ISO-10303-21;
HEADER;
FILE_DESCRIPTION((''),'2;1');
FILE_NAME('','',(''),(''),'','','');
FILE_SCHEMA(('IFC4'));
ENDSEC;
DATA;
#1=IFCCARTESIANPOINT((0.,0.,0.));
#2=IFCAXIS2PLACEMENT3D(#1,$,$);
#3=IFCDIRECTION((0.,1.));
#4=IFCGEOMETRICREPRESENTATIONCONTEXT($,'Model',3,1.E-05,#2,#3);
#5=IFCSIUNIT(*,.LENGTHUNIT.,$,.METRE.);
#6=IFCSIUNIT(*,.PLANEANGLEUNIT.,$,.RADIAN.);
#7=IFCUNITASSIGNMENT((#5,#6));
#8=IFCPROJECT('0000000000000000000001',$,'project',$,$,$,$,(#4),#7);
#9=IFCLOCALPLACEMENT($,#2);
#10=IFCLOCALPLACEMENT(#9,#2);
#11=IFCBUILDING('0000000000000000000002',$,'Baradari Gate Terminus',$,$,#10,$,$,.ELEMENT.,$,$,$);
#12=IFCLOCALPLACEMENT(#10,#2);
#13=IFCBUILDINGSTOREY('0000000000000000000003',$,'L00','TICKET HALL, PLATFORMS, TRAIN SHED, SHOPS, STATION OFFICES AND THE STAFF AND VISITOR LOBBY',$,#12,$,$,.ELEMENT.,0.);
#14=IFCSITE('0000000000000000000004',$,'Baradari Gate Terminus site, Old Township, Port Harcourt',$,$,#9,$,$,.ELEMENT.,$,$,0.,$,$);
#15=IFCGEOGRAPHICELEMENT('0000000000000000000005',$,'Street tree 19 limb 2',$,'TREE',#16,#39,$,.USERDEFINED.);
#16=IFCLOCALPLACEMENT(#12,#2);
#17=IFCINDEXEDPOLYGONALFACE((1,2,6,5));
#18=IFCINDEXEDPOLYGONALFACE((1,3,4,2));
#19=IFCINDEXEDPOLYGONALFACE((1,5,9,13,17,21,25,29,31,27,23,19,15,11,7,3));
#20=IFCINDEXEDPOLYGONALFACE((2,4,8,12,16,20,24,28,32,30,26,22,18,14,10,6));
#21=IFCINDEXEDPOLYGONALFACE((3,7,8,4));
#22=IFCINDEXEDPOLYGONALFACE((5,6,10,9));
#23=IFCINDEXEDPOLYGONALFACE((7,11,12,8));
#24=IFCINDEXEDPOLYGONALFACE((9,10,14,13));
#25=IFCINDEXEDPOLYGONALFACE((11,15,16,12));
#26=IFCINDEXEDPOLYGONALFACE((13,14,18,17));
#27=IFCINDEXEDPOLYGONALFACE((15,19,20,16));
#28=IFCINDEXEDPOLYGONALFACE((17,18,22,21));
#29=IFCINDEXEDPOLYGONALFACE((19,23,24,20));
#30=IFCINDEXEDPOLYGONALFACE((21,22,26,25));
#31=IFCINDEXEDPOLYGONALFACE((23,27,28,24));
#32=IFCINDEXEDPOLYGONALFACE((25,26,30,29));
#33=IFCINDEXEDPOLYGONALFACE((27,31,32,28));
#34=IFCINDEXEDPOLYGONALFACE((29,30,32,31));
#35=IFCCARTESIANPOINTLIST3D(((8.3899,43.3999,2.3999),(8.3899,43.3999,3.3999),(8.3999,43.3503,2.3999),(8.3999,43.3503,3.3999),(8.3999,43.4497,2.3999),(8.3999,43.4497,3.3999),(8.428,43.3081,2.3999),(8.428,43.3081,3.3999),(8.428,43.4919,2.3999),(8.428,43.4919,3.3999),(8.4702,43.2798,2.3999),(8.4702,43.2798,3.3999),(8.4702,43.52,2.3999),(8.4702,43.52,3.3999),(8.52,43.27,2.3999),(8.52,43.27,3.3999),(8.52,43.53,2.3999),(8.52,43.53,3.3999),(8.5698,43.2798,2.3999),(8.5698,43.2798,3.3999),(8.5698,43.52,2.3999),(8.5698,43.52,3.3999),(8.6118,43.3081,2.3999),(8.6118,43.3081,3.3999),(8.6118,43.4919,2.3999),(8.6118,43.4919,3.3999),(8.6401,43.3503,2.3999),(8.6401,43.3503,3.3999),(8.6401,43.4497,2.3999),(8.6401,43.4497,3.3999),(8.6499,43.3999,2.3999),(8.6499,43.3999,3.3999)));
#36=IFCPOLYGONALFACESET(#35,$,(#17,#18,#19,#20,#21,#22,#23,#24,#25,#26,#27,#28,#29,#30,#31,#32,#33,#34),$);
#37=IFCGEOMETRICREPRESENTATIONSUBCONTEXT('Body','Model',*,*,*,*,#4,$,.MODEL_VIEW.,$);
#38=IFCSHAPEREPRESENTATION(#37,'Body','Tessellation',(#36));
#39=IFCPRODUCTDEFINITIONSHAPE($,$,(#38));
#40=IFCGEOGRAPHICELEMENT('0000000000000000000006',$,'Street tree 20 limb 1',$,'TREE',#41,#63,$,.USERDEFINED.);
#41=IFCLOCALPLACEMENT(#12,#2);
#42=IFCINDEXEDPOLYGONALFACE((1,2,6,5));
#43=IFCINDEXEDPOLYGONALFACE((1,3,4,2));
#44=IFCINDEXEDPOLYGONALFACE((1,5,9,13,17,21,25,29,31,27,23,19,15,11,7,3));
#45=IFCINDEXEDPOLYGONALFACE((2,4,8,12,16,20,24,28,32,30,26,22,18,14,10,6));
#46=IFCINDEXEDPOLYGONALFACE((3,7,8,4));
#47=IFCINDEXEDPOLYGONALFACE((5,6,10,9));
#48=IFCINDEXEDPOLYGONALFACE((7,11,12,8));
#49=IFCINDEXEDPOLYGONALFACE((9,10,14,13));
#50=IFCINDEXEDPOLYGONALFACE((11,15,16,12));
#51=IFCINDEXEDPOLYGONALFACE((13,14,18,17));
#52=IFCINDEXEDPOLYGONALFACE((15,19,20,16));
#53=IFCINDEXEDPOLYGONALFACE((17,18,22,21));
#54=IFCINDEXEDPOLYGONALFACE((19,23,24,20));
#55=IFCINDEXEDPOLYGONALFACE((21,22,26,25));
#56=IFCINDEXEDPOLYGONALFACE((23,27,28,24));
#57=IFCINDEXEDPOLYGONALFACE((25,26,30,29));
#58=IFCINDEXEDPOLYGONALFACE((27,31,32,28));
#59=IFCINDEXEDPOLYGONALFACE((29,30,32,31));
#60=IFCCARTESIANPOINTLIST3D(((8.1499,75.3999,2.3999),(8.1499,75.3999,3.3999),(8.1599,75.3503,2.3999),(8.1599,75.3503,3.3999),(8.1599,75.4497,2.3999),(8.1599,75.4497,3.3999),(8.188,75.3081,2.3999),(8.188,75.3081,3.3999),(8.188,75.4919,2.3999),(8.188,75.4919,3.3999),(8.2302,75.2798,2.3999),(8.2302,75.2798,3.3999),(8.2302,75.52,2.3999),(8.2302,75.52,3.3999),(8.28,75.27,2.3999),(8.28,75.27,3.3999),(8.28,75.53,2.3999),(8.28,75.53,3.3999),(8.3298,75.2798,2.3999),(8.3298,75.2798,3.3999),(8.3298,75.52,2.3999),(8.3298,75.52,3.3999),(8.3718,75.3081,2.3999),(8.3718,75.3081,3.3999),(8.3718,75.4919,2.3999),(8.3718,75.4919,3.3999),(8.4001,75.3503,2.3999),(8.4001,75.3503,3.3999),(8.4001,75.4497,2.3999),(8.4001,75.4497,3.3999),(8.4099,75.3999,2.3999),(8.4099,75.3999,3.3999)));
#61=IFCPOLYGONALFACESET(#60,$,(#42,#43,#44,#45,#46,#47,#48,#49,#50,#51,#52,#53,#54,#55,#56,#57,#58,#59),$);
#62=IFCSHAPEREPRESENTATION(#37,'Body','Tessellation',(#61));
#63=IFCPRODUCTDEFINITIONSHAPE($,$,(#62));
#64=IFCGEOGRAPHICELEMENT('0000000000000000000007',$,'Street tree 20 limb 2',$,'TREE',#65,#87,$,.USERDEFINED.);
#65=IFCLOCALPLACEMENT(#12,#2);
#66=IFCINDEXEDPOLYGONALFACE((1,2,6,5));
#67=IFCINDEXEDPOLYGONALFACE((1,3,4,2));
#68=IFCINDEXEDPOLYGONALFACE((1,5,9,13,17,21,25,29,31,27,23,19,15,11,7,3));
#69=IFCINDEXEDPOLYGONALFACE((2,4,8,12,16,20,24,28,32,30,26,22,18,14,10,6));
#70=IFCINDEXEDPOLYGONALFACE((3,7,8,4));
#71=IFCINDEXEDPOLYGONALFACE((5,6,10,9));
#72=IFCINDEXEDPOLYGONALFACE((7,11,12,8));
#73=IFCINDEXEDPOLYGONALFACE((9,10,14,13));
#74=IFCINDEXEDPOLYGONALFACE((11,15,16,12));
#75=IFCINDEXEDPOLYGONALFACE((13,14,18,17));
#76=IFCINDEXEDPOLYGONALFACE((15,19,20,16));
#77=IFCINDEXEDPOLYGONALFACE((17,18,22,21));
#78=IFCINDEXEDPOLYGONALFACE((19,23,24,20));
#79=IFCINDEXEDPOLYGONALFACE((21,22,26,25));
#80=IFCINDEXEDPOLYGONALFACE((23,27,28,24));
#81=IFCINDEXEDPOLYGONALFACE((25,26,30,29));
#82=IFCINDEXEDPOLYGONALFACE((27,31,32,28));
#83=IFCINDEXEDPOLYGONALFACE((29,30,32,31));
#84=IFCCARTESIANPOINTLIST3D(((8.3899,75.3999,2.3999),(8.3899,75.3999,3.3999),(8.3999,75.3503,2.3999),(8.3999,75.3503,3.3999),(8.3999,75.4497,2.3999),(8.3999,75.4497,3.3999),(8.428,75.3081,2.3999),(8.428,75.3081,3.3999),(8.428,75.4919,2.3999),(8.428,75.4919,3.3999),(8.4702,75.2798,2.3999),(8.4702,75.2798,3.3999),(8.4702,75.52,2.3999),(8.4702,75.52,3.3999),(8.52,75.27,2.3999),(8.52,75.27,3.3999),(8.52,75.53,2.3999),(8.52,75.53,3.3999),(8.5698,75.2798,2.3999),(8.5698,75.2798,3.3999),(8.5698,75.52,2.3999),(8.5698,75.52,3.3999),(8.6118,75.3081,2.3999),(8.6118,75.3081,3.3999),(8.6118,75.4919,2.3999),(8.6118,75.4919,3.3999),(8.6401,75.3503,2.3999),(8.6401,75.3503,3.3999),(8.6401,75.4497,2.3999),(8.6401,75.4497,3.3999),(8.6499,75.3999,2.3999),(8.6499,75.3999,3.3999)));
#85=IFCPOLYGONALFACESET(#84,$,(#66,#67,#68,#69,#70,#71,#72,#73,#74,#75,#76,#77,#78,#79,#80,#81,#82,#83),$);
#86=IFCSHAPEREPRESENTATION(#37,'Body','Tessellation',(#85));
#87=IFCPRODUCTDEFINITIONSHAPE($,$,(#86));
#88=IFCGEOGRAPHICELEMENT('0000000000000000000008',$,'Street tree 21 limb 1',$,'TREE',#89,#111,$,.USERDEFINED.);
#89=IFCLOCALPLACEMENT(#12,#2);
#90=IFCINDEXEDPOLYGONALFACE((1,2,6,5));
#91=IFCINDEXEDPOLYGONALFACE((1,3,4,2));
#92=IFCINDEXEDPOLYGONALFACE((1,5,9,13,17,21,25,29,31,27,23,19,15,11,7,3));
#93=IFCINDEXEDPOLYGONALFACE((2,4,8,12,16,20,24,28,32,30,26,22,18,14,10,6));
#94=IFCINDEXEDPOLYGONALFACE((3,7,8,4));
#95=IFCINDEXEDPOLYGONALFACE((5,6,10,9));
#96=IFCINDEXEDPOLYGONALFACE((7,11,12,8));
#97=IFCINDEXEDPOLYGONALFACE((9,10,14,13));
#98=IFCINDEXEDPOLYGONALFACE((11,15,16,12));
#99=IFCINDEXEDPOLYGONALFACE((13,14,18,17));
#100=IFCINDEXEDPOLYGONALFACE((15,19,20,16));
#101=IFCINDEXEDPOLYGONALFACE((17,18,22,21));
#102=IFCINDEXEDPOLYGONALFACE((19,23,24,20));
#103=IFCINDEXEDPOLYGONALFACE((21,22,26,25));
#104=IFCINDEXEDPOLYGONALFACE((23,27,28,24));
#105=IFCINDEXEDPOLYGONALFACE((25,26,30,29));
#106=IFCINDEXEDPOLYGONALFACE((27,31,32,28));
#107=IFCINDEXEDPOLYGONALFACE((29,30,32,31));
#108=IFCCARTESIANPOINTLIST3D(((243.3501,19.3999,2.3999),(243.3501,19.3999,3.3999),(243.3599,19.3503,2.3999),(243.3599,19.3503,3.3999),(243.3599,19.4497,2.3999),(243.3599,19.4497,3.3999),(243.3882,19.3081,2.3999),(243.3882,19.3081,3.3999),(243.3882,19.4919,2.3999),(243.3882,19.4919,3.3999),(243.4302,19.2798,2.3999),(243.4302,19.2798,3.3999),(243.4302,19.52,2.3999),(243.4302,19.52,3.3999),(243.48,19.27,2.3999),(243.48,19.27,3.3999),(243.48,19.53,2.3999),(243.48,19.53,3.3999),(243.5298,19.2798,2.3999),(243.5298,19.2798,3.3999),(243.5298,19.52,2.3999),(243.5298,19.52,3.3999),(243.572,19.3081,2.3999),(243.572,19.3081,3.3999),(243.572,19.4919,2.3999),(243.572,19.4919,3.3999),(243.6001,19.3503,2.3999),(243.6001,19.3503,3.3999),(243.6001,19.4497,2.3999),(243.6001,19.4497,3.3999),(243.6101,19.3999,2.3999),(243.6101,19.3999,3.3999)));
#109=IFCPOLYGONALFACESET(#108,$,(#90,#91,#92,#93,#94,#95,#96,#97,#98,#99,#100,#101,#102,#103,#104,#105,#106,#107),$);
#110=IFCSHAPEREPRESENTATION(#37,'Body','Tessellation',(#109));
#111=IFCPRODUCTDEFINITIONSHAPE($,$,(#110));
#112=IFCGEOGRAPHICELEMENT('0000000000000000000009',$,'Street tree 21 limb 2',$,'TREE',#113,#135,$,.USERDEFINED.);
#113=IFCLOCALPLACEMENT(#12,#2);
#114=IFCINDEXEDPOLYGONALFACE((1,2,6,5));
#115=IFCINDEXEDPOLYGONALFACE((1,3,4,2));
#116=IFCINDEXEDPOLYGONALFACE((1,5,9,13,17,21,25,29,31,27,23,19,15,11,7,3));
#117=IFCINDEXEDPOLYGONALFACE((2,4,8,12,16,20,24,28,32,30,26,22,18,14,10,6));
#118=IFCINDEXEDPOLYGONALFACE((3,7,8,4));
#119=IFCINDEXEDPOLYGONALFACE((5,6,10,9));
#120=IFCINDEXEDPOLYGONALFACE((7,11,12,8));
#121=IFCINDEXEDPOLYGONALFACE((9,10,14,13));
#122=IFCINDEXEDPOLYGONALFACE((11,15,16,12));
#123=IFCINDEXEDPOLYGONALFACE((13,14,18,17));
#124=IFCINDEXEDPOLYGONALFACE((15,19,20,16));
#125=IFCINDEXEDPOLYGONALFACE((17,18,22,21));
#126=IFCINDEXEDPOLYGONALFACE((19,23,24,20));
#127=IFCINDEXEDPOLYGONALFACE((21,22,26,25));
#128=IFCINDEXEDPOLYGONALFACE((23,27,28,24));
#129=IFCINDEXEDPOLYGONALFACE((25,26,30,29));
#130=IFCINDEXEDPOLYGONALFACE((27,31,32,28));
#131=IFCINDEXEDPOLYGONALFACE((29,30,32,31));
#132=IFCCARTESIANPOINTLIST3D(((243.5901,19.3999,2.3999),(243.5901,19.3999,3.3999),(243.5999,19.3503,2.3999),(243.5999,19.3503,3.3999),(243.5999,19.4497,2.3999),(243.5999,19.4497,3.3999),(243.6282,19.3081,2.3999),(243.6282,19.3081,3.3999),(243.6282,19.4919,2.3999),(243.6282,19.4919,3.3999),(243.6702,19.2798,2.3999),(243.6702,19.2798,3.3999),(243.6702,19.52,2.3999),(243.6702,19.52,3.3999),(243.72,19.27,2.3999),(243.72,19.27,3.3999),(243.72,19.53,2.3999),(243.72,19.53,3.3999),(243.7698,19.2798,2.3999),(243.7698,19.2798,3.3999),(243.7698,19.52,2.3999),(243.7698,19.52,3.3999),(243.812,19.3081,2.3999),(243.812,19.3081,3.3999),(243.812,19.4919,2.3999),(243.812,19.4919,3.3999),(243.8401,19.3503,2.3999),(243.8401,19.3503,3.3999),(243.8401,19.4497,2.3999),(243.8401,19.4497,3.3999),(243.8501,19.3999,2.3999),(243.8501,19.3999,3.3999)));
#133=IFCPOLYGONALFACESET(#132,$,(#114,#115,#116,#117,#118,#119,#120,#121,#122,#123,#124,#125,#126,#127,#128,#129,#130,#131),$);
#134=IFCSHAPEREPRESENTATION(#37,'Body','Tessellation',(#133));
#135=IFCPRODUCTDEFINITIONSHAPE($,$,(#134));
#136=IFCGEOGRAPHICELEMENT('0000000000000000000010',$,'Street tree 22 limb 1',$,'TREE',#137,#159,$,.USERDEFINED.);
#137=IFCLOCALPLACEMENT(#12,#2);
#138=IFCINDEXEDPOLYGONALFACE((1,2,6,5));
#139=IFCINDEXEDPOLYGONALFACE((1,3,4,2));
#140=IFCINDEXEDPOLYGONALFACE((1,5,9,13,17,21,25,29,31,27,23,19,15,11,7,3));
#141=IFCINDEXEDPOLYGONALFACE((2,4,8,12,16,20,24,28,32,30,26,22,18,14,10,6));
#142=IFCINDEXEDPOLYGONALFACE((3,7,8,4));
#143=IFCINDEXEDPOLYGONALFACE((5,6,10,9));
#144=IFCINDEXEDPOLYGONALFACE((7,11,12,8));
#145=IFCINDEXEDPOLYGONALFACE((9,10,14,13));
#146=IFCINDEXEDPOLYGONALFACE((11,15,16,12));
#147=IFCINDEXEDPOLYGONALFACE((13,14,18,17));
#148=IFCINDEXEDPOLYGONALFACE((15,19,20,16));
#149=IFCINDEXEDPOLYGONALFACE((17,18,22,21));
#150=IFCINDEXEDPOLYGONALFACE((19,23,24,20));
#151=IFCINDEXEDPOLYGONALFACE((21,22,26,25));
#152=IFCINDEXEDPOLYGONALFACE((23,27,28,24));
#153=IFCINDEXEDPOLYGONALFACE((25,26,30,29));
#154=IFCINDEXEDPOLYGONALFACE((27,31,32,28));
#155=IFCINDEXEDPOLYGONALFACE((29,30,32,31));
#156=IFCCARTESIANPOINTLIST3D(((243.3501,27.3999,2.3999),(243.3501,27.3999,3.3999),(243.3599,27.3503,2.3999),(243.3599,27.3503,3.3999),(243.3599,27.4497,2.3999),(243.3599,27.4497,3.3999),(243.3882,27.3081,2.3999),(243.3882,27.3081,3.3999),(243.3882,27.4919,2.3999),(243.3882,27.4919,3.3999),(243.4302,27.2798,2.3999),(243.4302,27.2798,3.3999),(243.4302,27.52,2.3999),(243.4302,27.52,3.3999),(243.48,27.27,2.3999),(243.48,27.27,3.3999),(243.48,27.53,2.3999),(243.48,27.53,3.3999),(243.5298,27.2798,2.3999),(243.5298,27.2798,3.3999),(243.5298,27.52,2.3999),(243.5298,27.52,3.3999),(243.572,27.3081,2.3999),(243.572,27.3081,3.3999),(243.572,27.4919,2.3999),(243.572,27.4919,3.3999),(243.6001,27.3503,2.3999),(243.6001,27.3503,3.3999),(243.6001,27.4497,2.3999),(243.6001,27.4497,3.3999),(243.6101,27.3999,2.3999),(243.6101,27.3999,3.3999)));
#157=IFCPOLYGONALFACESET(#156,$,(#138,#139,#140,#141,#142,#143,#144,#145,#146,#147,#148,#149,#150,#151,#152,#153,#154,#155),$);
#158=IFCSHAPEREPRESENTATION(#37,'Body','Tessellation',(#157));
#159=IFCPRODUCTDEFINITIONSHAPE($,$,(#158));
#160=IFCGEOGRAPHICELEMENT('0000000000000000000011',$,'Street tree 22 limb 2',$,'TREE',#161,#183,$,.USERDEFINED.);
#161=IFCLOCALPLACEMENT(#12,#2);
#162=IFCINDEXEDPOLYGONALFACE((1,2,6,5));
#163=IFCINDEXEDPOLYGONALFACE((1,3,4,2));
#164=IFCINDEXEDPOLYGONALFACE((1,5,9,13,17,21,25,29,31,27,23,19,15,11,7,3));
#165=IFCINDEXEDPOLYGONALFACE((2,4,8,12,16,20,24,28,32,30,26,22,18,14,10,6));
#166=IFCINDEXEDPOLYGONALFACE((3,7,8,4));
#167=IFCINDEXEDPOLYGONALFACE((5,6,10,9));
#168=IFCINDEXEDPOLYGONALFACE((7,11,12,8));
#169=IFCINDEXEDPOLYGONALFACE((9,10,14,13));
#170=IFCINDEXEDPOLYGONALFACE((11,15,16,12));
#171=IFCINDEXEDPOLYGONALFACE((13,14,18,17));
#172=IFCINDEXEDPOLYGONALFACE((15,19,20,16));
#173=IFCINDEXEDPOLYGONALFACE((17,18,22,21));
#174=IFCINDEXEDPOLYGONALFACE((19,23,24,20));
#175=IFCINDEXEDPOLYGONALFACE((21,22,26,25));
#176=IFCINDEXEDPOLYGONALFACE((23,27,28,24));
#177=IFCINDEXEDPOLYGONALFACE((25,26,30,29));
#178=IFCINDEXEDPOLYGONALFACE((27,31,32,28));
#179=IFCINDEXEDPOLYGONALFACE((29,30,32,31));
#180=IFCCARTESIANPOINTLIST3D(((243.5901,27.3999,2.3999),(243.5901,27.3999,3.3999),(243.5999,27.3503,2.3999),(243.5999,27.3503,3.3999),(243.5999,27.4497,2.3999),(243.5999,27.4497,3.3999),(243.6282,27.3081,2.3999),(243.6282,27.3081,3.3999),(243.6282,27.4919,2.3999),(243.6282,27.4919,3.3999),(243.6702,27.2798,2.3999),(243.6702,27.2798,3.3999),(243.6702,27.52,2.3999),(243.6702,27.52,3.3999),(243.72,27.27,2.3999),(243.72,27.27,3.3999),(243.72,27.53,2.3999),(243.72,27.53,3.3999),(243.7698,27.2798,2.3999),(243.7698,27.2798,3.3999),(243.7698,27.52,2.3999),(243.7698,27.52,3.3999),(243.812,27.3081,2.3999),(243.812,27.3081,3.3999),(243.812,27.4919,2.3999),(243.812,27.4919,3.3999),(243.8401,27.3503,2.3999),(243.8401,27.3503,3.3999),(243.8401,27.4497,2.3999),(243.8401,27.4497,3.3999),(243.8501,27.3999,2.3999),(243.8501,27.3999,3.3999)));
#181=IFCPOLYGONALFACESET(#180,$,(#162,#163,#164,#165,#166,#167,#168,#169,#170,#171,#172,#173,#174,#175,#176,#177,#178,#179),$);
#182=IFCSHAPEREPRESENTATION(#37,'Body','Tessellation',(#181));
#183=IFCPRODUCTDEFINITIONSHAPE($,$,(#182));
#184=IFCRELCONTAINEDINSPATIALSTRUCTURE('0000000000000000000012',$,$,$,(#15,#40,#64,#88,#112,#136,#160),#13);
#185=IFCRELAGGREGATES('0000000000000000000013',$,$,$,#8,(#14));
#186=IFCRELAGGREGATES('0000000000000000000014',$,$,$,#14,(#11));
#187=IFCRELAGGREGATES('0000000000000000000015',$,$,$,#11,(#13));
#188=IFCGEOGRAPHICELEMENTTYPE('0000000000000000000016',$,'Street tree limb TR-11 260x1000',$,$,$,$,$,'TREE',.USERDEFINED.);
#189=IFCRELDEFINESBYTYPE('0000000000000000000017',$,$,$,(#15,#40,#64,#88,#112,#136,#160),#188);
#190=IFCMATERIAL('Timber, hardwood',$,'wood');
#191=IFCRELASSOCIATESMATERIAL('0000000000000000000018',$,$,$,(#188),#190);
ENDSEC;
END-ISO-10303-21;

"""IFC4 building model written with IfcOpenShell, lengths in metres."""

from ifc_helpers import new_model, si_unit, direction, frame, origin, place, context, subcontext, project, spatial, polyline, outline, extrude, material, type_object, element, save


model = new_model("IFC4")

# Units and contexts
model_context = context("Model", 3, precision=1e-05, world=origin(), true_north=direction((0.0, 1.0)))
body_context = subcontext(model_context, "Body", "Model", "MODEL_VIEW")
ifc_project = project(units=[si_unit("LENGTHUNIT", "METRE"), si_unit("PLANEANGLEUNIT", "RADIAN")], contexts=[model_context])

# Site, building, storey
site_placement = place(None, origin())
site = spatial("IfcSite", under=ifc_project, at=site_placement, Name="Baradari Gate Terminus site, Old Township, Port Harcourt", CompositionType="ELEMENT", RefElevation=0.0)
building_placement = place(site_placement, origin())
building = spatial("IfcBuilding", under=site, at=building_placement, Name="Baradari Gate Terminus", CompositionType="ELEMENT")
storey_placement = place(building_placement, origin())
storey = spatial("IfcBuildingStorey", under=building, at=storey_placement, Name="L00", Description="TICKET HALL, PLATFORMS, TRAIN SHED, SHOPS, STATION OFFICES AND THE STAFF AND VISITOR LOBBY", CompositionType="ELEMENT", Elevation=0.0)

# Geographic elements
ifc_material_1 = material(Name="Timber, hardwood", Category="wood")
geographic_element_type_1 = type_object("IfcGeographicElementType", Name="Street tree limb TR-11 260x1000", ElementType="TREE", PredefinedType="USERDEFINED", material=ifc_material_1)
geographic_element_1_placement = place(storey_placement, frame((0.0, 0.0, 2.3999)))
element("IfcGeographicElement", 1, at=geographic_element_1_placement, inside=storey, type_object=geographic_element_type_1, Name="Street tree 19 limb 2", ObjectType="TREE", PredefinedType="USERDEFINED", context=body_context, shape_type="SweptSolid", body=[
    extrude(outline(polyline([(8.6499, 43.3999), (8.6401, 43.4497), (8.6118, 43.4919), (8.5698, 43.52), (8.52, 43.53), (8.4702, 43.52), (8.428, 43.4919), (8.3999, 43.4497), (8.3899, 43.3999), (8.3999, 43.3503), (8.428, 43.3081), (8.4702, 43.2798), (8.52, 43.27), (8.5698, 43.2798), (8.6118, 43.3081), (8.6401, 43.3503), (8.6499, 43.3999)])), origin(), (0.0, 0.0, 1.0), 1.0),
])
geographic_element_2_placement = place(storey_placement, frame((0.0, 0.0, 2.3999)))
element("IfcGeographicElement", 2, at=geographic_element_2_placement, inside=storey, type_object=geographic_element_type_1, Name="Street tree 20 limb 1", ObjectType="TREE", PredefinedType="USERDEFINED", context=body_context, shape_type="SweptSolid", body=[
    extrude(outline(polyline([(8.4099, 75.3999), (8.4001, 75.4497), (8.3718, 75.4919), (8.3298, 75.52), (8.28, 75.53), (8.2302, 75.52), (8.188, 75.4919), (8.1599, 75.4497), (8.1499, 75.3999), (8.1599, 75.3503), (8.188, 75.3081), (8.2302, 75.2798), (8.28, 75.27), (8.3298, 75.2798), (8.3718, 75.3081), (8.4001, 75.3503), (8.4099, 75.3999)])), origin(), (0.0, 0.0, 1.0), 1.0),
])
geographic_element_3_placement = place(storey_placement, frame((0.0, 0.0, 2.3999)))
element("IfcGeographicElement", 3, at=geographic_element_3_placement, inside=storey, type_object=geographic_element_type_1, Name="Street tree 20 limb 2", ObjectType="TREE", PredefinedType="USERDEFINED", context=body_context, shape_type="SweptSolid", body=[
    extrude(outline(polyline([(8.6499, 75.3999), (8.6401, 75.4497), (8.6118, 75.4919), (8.5698, 75.52), (8.52, 75.53), (8.4702, 75.52), (8.428, 75.4919), (8.3999, 75.4497), (8.3899, 75.3999), (8.3999, 75.3503), (8.428, 75.3081), (8.4702, 75.2798), (8.52, 75.27), (8.5698, 75.2798), (8.6118, 75.3081), (8.6401, 75.3503), (8.6499, 75.3999)])), origin(), (0.0, 0.0, 1.0), 1.0),
])
geographic_element_4_placement = place(storey_placement, frame((0.0, 0.0, 2.3999)))
element("IfcGeographicElement", 4, at=geographic_element_4_placement, inside=storey, type_object=geographic_element_type_1, Name="Street tree 21 limb 1", ObjectType="TREE", PredefinedType="USERDEFINED", context=body_context, shape_type="SweptSolid", body=[
    extrude(outline(polyline([(243.6101, 19.3999), (243.6001, 19.4497), (243.572, 19.4919), (243.5298, 19.52), (243.48, 19.53), (243.4302, 19.52), (243.3882, 19.4919), (243.3599, 19.4497), (243.3501, 19.3999), (243.3599, 19.3503), (243.3882, 19.3081), (243.4302, 19.2798), (243.48, 19.27), (243.5298, 19.2798), (243.572, 19.3081), (243.6001, 19.3503), (243.6101, 19.3999)])), origin(), (0.0, 0.0, 1.0), 1.0),
])
geographic_element_5_placement = place(storey_placement, frame((0.0, 0.0, 2.3999)))
element("IfcGeographicElement", 5, at=geographic_element_5_placement, inside=storey, type_object=geographic_element_type_1, Name="Street tree 21 limb 2", ObjectType="TREE", PredefinedType="USERDEFINED", context=body_context, shape_type="SweptSolid", body=[
    extrude(outline(polyline([(243.8501, 19.3999), (243.8401, 19.4497), (243.812, 19.4919), (243.7698, 19.52), (243.72, 19.53), (243.6702, 19.52), (243.6282, 19.4919), (243.5999, 19.4497), (243.5901, 19.3999), (243.5999, 19.3503), (243.6282, 19.3081), (243.6702, 19.2798), (243.72, 19.27), (243.7698, 19.2798), (243.812, 19.3081), (243.8401, 19.3503), (243.8501, 19.3999)])), origin(), (0.0, 0.0, 1.0), 1.0),
])
geographic_element_6_placement = place(storey_placement, frame((0.0, 0.0, 2.3999)))
element("IfcGeographicElement", 6, at=geographic_element_6_placement, inside=storey, type_object=geographic_element_type_1, Name="Street tree 22 limb 1", ObjectType="TREE", PredefinedType="USERDEFINED", context=body_context, shape_type="SweptSolid", body=[
    extrude(outline(polyline([(243.6101, 27.3999), (243.6001, 27.4497), (243.572, 27.4919), (243.5298, 27.52), (243.48, 27.53), (243.4302, 27.52), (243.3882, 27.4919), (243.3599, 27.4497), (243.3501, 27.3999), (243.3599, 27.3503), (243.3882, 27.3081), (243.4302, 27.2798), (243.48, 27.27), (243.5298, 27.2798), (243.572, 27.3081), (243.6001, 27.3503), (243.6101, 27.3999)])), origin(), (0.0, 0.0, 1.0), 1.0),
])
geographic_element_7_placement = place(storey_placement, frame((0.0, 0.0, 2.3999)))
element("IfcGeographicElement", 7, at=geographic_element_7_placement, inside=storey, type_object=geographic_element_type_1, Name="Street tree 22 limb 2", ObjectType="TREE", PredefinedType="USERDEFINED", context=body_context, shape_type="SweptSolid", body=[
    extrude(outline(polyline([(243.8501, 27.3999), (243.8401, 27.4497), (243.812, 27.4919), (243.7698, 27.52), (243.72, 27.53), (243.6702, 27.52), (243.6282, 27.4919), (243.5999, 27.4497), (243.5901, 27.3999), (243.5999, 27.3503), (243.6282, 27.3081), (243.6702, 27.2798), (243.72, 27.27), (243.7698, 27.2798), (243.812, 27.3081), (243.8401, 27.3503), (243.8501, 27.3999)])), origin(), (0.0, 0.0, 1.0), 1.0),
])

save(model, "model.ifc")
